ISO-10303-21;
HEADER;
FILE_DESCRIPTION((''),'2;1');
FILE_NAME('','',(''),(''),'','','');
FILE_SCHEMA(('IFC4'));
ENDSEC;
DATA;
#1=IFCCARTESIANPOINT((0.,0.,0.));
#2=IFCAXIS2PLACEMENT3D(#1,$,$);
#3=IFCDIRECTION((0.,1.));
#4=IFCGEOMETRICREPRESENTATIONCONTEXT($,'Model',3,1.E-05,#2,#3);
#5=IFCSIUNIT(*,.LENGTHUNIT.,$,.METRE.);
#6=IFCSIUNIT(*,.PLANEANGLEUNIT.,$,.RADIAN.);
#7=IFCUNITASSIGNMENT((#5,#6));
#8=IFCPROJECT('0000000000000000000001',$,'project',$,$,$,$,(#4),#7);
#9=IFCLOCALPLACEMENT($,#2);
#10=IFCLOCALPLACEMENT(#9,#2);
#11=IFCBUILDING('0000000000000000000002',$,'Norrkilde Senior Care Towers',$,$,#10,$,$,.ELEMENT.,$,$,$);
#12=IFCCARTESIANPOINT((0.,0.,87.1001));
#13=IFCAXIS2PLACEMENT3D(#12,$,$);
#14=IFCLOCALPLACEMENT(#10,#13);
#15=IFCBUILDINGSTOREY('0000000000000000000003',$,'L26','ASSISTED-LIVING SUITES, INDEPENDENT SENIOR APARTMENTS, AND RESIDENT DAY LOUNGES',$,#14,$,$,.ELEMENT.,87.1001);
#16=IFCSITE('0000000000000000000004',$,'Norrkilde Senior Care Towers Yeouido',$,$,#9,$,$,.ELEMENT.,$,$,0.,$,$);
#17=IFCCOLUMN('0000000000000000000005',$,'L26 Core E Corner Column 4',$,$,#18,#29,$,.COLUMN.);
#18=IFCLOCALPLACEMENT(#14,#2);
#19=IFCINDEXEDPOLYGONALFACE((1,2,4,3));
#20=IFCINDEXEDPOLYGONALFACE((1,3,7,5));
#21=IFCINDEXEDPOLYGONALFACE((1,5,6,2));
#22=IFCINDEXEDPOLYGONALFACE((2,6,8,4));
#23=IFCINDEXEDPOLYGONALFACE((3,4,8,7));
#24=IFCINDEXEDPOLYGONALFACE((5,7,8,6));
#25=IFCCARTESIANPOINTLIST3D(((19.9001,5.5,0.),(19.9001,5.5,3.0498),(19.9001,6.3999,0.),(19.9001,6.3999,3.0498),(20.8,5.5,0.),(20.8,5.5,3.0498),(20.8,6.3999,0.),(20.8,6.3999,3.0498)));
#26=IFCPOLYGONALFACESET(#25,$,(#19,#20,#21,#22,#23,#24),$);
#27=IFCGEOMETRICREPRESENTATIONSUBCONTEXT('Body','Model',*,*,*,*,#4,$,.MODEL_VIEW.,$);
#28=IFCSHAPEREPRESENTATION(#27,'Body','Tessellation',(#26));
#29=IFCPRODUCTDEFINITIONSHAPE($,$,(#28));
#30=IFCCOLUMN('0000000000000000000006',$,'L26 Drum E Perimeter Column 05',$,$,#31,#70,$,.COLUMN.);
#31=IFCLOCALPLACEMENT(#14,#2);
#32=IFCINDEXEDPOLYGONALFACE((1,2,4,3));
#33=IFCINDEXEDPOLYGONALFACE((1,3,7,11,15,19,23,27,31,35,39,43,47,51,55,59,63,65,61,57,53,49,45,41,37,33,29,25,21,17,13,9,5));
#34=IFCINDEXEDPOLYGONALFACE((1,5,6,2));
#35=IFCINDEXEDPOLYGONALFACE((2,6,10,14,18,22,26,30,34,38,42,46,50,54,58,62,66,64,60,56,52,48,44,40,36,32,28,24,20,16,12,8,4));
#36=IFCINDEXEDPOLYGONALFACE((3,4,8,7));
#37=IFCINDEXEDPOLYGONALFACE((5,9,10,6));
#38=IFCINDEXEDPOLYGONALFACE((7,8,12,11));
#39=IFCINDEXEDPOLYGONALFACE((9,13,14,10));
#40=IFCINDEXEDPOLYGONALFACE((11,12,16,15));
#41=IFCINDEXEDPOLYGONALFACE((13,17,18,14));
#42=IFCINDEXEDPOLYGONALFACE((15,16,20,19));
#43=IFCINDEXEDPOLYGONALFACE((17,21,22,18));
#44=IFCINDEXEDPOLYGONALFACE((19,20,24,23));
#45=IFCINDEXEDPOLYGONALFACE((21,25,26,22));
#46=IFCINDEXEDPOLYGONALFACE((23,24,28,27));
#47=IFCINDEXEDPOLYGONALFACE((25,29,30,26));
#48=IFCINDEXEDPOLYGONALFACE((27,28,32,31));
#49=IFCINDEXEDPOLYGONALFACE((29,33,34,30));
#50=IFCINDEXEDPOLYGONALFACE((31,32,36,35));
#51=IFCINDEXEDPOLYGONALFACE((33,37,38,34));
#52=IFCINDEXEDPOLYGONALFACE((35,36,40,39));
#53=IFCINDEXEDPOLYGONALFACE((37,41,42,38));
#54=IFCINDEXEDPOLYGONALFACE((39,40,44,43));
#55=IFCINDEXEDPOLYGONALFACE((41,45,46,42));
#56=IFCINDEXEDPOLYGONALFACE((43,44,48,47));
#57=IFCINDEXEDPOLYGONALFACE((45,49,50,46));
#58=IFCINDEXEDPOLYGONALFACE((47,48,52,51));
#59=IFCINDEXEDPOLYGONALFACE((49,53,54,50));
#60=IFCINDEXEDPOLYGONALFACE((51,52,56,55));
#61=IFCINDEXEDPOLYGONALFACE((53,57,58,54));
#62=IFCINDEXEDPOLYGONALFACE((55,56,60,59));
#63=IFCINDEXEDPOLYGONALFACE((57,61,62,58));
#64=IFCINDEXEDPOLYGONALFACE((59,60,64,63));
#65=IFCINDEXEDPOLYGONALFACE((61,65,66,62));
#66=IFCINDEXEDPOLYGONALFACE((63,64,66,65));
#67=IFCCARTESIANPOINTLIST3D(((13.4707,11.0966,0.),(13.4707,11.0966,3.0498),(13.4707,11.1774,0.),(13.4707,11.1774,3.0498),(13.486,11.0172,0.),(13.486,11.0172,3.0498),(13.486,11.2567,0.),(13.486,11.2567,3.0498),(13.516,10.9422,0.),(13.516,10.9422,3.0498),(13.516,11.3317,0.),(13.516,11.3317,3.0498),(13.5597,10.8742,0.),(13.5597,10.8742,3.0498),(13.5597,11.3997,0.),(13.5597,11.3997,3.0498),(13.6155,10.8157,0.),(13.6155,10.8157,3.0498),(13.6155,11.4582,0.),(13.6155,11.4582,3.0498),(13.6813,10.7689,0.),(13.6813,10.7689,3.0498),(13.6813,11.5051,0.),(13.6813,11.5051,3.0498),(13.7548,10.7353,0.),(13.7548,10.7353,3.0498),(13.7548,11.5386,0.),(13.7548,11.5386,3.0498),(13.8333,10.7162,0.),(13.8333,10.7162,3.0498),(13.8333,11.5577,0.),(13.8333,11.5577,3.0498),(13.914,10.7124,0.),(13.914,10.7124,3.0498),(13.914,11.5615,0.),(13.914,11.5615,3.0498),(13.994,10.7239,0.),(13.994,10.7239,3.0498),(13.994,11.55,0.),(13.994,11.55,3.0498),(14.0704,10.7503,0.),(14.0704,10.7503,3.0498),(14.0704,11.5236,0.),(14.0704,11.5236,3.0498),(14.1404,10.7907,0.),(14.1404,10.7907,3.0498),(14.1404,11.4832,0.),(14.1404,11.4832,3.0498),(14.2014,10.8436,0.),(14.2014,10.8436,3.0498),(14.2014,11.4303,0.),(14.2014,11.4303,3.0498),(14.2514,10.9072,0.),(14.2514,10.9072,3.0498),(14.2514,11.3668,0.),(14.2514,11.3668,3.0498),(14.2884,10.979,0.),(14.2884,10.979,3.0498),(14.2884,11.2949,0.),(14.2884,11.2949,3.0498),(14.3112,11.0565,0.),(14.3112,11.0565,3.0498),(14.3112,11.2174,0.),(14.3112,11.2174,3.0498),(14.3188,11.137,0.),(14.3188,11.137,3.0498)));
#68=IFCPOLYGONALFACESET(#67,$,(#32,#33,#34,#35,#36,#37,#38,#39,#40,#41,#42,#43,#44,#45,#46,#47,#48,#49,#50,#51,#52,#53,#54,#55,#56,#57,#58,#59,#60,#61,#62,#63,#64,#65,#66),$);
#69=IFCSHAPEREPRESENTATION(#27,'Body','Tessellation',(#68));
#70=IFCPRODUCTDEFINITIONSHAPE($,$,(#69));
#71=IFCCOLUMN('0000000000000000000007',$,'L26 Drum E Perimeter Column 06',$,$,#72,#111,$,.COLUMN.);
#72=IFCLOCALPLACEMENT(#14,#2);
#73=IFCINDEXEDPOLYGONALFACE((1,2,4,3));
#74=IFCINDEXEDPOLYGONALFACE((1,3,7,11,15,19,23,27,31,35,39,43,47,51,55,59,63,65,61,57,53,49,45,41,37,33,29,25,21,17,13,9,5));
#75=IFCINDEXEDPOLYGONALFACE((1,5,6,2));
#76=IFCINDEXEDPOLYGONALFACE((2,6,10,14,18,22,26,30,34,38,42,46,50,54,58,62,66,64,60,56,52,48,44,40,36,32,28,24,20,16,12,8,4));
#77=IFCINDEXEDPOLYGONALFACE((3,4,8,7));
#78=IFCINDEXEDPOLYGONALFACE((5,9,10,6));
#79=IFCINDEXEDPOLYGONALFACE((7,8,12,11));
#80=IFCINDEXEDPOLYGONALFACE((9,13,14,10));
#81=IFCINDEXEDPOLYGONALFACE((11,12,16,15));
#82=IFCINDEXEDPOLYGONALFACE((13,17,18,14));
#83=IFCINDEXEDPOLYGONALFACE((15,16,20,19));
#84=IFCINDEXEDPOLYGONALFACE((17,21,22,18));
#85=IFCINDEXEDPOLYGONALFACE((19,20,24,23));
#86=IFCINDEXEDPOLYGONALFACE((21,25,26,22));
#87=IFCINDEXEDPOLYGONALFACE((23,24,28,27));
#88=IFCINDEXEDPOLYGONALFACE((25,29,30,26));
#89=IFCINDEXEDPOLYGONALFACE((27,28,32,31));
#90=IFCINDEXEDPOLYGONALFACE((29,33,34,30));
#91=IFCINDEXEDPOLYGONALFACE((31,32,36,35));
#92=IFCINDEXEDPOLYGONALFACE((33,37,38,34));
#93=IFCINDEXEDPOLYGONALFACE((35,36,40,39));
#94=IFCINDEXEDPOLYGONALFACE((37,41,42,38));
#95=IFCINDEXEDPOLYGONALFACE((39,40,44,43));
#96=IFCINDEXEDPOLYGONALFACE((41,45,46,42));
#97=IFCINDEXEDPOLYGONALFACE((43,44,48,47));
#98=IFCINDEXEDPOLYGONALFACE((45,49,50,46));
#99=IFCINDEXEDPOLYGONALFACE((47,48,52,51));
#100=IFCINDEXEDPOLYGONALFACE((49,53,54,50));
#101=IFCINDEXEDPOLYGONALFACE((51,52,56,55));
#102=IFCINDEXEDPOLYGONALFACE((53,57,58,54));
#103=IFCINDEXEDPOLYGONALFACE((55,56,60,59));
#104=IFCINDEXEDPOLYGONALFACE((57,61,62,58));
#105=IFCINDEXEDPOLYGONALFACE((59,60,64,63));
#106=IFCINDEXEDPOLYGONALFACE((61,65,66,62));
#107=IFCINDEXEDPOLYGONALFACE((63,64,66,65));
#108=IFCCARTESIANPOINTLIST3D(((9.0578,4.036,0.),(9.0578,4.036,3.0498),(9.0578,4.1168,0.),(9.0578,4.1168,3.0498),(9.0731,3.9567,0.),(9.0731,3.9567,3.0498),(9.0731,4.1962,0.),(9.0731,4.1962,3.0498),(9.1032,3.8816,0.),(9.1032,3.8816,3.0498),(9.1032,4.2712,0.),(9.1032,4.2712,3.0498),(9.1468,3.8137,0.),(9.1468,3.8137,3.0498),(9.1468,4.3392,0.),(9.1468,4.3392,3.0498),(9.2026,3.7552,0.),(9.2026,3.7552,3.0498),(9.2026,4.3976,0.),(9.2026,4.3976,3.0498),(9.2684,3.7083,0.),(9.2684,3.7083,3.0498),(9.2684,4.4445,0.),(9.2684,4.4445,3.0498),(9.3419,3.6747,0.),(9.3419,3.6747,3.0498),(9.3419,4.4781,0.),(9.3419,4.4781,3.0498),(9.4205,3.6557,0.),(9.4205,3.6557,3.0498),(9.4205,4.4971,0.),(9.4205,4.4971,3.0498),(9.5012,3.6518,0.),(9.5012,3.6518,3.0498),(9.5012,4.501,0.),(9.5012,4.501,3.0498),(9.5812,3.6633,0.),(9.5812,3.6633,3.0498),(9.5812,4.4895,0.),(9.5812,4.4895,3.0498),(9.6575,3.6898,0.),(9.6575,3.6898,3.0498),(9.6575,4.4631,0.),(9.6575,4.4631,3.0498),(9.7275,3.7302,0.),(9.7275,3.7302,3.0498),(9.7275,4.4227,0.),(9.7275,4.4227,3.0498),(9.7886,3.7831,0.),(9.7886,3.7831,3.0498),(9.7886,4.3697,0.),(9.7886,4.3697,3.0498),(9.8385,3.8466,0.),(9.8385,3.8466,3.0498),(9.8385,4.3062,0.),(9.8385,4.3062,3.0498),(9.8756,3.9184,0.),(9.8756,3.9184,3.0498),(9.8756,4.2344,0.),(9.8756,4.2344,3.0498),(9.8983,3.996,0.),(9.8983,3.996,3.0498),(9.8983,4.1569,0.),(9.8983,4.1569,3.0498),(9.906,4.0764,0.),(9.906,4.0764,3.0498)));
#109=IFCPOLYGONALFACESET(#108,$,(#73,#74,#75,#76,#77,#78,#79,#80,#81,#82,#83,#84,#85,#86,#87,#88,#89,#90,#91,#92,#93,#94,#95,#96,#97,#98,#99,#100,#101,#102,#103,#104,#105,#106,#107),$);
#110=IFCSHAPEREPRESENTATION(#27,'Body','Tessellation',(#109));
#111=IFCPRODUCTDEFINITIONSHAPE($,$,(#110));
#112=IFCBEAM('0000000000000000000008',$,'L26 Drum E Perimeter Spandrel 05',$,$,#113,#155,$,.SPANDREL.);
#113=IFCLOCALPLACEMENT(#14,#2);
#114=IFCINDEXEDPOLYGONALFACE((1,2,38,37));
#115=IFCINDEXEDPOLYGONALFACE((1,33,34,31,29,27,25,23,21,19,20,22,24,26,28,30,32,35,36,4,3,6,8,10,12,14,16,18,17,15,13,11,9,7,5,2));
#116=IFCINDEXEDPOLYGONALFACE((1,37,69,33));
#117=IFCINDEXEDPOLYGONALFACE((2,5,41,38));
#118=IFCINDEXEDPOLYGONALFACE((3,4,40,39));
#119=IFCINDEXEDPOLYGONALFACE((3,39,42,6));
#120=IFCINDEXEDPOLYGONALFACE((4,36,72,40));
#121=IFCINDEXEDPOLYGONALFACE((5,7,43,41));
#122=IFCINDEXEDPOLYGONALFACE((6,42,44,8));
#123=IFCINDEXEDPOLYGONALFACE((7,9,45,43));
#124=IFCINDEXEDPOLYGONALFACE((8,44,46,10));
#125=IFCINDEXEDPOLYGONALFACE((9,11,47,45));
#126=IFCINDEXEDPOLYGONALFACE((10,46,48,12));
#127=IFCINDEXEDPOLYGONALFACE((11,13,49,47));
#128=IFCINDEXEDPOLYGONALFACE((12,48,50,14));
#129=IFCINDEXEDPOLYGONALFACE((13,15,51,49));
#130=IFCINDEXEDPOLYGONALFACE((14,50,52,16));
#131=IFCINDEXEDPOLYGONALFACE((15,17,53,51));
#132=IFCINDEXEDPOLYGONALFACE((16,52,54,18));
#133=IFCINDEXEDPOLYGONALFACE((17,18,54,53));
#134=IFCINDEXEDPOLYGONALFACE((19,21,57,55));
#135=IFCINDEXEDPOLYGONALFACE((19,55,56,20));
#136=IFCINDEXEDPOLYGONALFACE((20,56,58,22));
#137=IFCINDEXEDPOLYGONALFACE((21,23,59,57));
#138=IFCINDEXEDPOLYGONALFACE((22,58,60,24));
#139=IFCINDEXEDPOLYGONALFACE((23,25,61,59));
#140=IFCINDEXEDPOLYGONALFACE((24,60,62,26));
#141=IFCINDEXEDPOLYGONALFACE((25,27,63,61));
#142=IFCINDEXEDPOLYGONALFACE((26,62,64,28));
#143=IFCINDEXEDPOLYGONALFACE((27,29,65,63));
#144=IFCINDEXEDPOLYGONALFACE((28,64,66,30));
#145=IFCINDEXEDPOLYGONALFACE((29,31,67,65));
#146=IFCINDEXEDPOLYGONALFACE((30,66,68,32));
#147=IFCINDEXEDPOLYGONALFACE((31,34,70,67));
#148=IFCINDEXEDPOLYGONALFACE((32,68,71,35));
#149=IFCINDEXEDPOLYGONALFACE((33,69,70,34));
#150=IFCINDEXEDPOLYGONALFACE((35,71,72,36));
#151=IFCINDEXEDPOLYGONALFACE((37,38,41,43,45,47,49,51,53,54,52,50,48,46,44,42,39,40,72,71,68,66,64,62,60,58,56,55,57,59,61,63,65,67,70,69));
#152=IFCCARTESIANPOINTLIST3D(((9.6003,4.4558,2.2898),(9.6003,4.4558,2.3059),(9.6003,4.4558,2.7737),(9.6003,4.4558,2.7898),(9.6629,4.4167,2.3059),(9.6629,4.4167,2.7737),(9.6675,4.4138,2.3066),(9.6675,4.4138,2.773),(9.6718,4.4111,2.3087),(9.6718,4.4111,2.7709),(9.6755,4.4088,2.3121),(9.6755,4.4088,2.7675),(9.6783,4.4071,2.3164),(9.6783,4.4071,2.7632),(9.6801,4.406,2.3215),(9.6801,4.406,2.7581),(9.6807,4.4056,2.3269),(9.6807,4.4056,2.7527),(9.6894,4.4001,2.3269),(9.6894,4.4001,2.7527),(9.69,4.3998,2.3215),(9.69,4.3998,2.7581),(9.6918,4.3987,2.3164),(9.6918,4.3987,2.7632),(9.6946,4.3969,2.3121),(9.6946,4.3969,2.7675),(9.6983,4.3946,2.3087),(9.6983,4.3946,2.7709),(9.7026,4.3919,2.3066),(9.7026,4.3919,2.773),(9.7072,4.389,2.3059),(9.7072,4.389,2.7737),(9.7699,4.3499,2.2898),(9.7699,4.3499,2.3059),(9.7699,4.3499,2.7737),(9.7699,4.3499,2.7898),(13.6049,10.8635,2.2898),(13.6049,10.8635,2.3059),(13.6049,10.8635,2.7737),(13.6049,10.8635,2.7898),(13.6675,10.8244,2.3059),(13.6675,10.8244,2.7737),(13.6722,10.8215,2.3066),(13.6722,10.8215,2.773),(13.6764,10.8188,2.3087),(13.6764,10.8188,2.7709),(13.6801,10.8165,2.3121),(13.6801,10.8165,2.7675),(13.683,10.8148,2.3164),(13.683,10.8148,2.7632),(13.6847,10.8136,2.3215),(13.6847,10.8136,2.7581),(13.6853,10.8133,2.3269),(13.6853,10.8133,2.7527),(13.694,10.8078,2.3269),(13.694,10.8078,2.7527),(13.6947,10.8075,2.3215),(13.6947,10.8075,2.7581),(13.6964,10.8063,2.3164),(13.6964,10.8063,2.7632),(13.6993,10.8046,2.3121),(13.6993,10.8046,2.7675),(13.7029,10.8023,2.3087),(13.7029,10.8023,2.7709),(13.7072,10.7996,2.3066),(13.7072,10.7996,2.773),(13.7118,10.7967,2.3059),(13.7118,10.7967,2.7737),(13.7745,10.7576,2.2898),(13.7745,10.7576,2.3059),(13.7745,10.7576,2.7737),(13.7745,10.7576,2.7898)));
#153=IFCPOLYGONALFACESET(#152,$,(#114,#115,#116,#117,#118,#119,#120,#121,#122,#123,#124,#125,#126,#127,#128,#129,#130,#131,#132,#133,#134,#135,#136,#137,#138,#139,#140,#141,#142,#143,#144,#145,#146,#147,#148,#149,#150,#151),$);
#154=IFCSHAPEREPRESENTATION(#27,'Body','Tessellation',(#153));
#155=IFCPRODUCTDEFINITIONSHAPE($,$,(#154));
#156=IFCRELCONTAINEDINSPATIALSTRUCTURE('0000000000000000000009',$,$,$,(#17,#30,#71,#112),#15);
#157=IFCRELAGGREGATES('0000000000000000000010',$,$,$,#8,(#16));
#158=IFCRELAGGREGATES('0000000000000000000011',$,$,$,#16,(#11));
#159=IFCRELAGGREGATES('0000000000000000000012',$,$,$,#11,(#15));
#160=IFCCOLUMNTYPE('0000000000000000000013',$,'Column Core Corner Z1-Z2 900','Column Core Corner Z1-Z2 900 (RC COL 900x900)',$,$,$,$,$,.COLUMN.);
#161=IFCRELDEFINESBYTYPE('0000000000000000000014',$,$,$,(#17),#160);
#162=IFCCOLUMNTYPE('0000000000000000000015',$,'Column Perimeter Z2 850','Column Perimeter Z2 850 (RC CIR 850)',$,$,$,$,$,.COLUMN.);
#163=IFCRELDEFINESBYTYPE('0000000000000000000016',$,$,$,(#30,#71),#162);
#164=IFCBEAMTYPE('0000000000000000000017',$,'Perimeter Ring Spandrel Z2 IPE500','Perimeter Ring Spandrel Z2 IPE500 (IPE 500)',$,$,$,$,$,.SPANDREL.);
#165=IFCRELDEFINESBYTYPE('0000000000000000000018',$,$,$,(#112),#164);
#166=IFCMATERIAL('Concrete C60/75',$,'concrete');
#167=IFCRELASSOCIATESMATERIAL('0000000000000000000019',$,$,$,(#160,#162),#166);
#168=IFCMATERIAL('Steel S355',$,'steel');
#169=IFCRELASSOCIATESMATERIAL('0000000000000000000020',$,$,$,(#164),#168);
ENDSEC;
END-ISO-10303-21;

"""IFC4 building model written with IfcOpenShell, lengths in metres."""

from ifc_helpers import new_model, si_unit, direction, frame, origin, origin_2d, place, context, subcontext, project, spatial, rectangle, circle, i_section, extrude, source, transform, mapped, material, material_profile, profile_set, type_object, type_shapes, element, save


model = new_model("IFC4")

# Units and contexts
model_context = context("Model", 3, precision=1e-05, world=origin(), true_north=direction((0.0, 1.0)))
body_context = subcontext(model_context, "Body", "Model", "MODEL_VIEW")
ifc_project = project(units=[si_unit("LENGTHUNIT", "METRE"), si_unit("PLANEANGLEUNIT", "RADIAN")], contexts=[model_context])

# Site, building, storey
site_placement = place(None, origin())
site = spatial("IfcSite", under=ifc_project, at=site_placement, Name="Norrkilde Senior Care Towers Yeouido", CompositionType="ELEMENT", RefElevation=0.0)
building_placement = place(site_placement, origin())
building = spatial("IfcBuilding", under=site, at=building_placement, Name="Norrkilde Senior Care Towers", CompositionType="ELEMENT")
storey_placement = place(building_placement, frame((0.0, 0.0, 87.1001)))
storey = spatial("IfcBuildingStorey", under=building, at=storey_placement, Name="L26", Description="ASSISTED-LIVING SUITES, INDEPENDENT SENIOR APARTMENTS, AND RESIDENT DAY LOUNGES", CompositionType="ELEMENT", Elevation=87.1001)

# Columns
ifc_material_1 = material(Name="Concrete C60/75", Category="concrete")
ifc_material_profile_1 = material_profile(ifc_material_1, rectangle(XDim=0.8999, YDim=0.8999, at=origin_2d()), Name="RC COL 900x900")
ifc_profile_set_1 = profile_set([ifc_material_profile_1], Name="Concrete C60/75")
column_type_1 = type_object("IfcColumnType", Name="Column Core Corner Z1-Z2 900", Description="Column Core Corner Z1-Z2 900 (RC COL 900x900)", PredefinedType="COLUMN", material=ifc_profile_set_1)
shared_shape_1 = source(origin(), body_context, "Body", "SweptSolid", [
    extrude(rectangle(XDim=0.8999, YDim=0.8999, at=origin_2d()), origin(), (0.0, 0.0, 1.0), 3.0498),
])
type_shapes(column_type_1, [shared_shape_1])
column_placement = place(storey_placement, frame((20.3501, 5.95, 0.0), z_axis=(0.0, 0.0, 1.0), x_axis=(1.0, 0.0, 0.0)))
element("IfcColumn", 1, at=column_placement, inside=storey, type_object=column_type_1, Name="L26 Core E Corner Column 4", PredefinedType="COLUMN", context=body_context, shape_type="MappedRepresentation", body=[
    mapped(shared_shape_1, transform((0.0, 0.0, 0.0), x_axis=(1.0, 0.0, 0.0), y_axis=(0.0, 1.0, 0.0), z_axis=(0.0, 0.0, 1.0), scale=1.0)),
])
ifc_material_profile_2 = material_profile(ifc_material_1, circle(Radius=0.425, at=origin_2d()), Name="RC CIR 850")
ifc_profile_set_2 = profile_set([ifc_material_profile_2], Name="Concrete C60/75")
column_type_2 = type_object("IfcColumnType", Name="Column Perimeter Z2 850", Description="Column Perimeter Z2 850 (RC CIR 850)", PredefinedType="COLUMN", material=ifc_profile_set_2)
shared_shape_2 = source(origin(), body_context, "Body", "SweptSolid", [
    extrude(circle(Radius=0.425, at=origin_2d()), origin(), (0.0, 0.0, 1.0), 3.0498),
])
type_shapes(column_type_2, [shared_shape_2])
for number, where, z_axis, x_axis, name in (
    (2, (13.8938, 11.137, 0.0), (0.0, 0.0, 1.0), (1.0, 0.0, 0.0), "L26 Drum E Perimeter Column 05"),
    (3, (9.481, 4.0764, 0.0), (0.0, 0.0, 1.0), (1.0, 0.0, 0.0), "L26 Drum E Perimeter Column 06"),
):
    element("IfcColumn", number, at=place(storey_placement, frame(where, z_axis=z_axis, x_axis=x_axis)), inside=storey, type_object=column_type_2, Name=name, PredefinedType="COLUMN", context=body_context, shape_type="MappedRepresentation", body=[
        mapped(shared_shape_2, transform((0.0, 0.0, 0.0), x_axis=(1.0, 0.0, 0.0), y_axis=(0.0, 1.0, 0.0), z_axis=(0.0, 0.0, 1.0), scale=1.0)),
    ])

# Beam
ifc_material_2 = material(Name="Steel S355", Category="steel")
ifc_material_profile_3 = material_profile(ifc_material_2, i_section(OverallWidth=0.2, OverallDepth=0.5, WebThickness=0.0103, FlangeThickness=0.0161, FilletRadius=0.021, at=origin_2d()), Name="IPE 500")
ifc_profile_set_3 = profile_set([ifc_material_profile_3], Name="Steel S355")
beam_type_1 = type_object("IfcBeamType", Name="Perimeter Ring Spandrel Z2 IPE500", Description="Perimeter Ring Spandrel Z2 IPE500 (IPE 500)", PredefinedType="SPANDREL", material=ifc_profile_set_3)
shared_shape_3 = source(origin(), body_context, "Body", "SweptSolid", [
    extrude(i_section(OverallWidth=0.2, OverallDepth=0.5, WebThickness=0.0103, FlangeThickness=0.0161, FilletRadius=0.021, at=origin_2d()), origin(), (0.0, 0.0, 1.0), 7.5562),
])
beam_1_placement = place(storey_placement, frame((13.6897, 10.8105, 2.5398), z_axis=(-0.529982, -0.848009, 0.0), x_axis=(0.848009, -0.529982, 0.0)))
element("IfcBeam", 4, at=beam_1_placement, inside=storey, type_object=beam_type_1, Name="L26 Drum E Perimeter Spandrel 05", PredefinedType="SPANDREL", context=body_context, shape_type="MappedRepresentation", body=[
    mapped(shared_shape_3, transform((0.0, 0.0, 0.0), x_axis=(1.0, 0.0, 0.0), y_axis=(0.0, 1.0, 0.0), z_axis=(0.0, 0.0, 1.0), scale=1.0)),
])

save(model, "model.ifc")
